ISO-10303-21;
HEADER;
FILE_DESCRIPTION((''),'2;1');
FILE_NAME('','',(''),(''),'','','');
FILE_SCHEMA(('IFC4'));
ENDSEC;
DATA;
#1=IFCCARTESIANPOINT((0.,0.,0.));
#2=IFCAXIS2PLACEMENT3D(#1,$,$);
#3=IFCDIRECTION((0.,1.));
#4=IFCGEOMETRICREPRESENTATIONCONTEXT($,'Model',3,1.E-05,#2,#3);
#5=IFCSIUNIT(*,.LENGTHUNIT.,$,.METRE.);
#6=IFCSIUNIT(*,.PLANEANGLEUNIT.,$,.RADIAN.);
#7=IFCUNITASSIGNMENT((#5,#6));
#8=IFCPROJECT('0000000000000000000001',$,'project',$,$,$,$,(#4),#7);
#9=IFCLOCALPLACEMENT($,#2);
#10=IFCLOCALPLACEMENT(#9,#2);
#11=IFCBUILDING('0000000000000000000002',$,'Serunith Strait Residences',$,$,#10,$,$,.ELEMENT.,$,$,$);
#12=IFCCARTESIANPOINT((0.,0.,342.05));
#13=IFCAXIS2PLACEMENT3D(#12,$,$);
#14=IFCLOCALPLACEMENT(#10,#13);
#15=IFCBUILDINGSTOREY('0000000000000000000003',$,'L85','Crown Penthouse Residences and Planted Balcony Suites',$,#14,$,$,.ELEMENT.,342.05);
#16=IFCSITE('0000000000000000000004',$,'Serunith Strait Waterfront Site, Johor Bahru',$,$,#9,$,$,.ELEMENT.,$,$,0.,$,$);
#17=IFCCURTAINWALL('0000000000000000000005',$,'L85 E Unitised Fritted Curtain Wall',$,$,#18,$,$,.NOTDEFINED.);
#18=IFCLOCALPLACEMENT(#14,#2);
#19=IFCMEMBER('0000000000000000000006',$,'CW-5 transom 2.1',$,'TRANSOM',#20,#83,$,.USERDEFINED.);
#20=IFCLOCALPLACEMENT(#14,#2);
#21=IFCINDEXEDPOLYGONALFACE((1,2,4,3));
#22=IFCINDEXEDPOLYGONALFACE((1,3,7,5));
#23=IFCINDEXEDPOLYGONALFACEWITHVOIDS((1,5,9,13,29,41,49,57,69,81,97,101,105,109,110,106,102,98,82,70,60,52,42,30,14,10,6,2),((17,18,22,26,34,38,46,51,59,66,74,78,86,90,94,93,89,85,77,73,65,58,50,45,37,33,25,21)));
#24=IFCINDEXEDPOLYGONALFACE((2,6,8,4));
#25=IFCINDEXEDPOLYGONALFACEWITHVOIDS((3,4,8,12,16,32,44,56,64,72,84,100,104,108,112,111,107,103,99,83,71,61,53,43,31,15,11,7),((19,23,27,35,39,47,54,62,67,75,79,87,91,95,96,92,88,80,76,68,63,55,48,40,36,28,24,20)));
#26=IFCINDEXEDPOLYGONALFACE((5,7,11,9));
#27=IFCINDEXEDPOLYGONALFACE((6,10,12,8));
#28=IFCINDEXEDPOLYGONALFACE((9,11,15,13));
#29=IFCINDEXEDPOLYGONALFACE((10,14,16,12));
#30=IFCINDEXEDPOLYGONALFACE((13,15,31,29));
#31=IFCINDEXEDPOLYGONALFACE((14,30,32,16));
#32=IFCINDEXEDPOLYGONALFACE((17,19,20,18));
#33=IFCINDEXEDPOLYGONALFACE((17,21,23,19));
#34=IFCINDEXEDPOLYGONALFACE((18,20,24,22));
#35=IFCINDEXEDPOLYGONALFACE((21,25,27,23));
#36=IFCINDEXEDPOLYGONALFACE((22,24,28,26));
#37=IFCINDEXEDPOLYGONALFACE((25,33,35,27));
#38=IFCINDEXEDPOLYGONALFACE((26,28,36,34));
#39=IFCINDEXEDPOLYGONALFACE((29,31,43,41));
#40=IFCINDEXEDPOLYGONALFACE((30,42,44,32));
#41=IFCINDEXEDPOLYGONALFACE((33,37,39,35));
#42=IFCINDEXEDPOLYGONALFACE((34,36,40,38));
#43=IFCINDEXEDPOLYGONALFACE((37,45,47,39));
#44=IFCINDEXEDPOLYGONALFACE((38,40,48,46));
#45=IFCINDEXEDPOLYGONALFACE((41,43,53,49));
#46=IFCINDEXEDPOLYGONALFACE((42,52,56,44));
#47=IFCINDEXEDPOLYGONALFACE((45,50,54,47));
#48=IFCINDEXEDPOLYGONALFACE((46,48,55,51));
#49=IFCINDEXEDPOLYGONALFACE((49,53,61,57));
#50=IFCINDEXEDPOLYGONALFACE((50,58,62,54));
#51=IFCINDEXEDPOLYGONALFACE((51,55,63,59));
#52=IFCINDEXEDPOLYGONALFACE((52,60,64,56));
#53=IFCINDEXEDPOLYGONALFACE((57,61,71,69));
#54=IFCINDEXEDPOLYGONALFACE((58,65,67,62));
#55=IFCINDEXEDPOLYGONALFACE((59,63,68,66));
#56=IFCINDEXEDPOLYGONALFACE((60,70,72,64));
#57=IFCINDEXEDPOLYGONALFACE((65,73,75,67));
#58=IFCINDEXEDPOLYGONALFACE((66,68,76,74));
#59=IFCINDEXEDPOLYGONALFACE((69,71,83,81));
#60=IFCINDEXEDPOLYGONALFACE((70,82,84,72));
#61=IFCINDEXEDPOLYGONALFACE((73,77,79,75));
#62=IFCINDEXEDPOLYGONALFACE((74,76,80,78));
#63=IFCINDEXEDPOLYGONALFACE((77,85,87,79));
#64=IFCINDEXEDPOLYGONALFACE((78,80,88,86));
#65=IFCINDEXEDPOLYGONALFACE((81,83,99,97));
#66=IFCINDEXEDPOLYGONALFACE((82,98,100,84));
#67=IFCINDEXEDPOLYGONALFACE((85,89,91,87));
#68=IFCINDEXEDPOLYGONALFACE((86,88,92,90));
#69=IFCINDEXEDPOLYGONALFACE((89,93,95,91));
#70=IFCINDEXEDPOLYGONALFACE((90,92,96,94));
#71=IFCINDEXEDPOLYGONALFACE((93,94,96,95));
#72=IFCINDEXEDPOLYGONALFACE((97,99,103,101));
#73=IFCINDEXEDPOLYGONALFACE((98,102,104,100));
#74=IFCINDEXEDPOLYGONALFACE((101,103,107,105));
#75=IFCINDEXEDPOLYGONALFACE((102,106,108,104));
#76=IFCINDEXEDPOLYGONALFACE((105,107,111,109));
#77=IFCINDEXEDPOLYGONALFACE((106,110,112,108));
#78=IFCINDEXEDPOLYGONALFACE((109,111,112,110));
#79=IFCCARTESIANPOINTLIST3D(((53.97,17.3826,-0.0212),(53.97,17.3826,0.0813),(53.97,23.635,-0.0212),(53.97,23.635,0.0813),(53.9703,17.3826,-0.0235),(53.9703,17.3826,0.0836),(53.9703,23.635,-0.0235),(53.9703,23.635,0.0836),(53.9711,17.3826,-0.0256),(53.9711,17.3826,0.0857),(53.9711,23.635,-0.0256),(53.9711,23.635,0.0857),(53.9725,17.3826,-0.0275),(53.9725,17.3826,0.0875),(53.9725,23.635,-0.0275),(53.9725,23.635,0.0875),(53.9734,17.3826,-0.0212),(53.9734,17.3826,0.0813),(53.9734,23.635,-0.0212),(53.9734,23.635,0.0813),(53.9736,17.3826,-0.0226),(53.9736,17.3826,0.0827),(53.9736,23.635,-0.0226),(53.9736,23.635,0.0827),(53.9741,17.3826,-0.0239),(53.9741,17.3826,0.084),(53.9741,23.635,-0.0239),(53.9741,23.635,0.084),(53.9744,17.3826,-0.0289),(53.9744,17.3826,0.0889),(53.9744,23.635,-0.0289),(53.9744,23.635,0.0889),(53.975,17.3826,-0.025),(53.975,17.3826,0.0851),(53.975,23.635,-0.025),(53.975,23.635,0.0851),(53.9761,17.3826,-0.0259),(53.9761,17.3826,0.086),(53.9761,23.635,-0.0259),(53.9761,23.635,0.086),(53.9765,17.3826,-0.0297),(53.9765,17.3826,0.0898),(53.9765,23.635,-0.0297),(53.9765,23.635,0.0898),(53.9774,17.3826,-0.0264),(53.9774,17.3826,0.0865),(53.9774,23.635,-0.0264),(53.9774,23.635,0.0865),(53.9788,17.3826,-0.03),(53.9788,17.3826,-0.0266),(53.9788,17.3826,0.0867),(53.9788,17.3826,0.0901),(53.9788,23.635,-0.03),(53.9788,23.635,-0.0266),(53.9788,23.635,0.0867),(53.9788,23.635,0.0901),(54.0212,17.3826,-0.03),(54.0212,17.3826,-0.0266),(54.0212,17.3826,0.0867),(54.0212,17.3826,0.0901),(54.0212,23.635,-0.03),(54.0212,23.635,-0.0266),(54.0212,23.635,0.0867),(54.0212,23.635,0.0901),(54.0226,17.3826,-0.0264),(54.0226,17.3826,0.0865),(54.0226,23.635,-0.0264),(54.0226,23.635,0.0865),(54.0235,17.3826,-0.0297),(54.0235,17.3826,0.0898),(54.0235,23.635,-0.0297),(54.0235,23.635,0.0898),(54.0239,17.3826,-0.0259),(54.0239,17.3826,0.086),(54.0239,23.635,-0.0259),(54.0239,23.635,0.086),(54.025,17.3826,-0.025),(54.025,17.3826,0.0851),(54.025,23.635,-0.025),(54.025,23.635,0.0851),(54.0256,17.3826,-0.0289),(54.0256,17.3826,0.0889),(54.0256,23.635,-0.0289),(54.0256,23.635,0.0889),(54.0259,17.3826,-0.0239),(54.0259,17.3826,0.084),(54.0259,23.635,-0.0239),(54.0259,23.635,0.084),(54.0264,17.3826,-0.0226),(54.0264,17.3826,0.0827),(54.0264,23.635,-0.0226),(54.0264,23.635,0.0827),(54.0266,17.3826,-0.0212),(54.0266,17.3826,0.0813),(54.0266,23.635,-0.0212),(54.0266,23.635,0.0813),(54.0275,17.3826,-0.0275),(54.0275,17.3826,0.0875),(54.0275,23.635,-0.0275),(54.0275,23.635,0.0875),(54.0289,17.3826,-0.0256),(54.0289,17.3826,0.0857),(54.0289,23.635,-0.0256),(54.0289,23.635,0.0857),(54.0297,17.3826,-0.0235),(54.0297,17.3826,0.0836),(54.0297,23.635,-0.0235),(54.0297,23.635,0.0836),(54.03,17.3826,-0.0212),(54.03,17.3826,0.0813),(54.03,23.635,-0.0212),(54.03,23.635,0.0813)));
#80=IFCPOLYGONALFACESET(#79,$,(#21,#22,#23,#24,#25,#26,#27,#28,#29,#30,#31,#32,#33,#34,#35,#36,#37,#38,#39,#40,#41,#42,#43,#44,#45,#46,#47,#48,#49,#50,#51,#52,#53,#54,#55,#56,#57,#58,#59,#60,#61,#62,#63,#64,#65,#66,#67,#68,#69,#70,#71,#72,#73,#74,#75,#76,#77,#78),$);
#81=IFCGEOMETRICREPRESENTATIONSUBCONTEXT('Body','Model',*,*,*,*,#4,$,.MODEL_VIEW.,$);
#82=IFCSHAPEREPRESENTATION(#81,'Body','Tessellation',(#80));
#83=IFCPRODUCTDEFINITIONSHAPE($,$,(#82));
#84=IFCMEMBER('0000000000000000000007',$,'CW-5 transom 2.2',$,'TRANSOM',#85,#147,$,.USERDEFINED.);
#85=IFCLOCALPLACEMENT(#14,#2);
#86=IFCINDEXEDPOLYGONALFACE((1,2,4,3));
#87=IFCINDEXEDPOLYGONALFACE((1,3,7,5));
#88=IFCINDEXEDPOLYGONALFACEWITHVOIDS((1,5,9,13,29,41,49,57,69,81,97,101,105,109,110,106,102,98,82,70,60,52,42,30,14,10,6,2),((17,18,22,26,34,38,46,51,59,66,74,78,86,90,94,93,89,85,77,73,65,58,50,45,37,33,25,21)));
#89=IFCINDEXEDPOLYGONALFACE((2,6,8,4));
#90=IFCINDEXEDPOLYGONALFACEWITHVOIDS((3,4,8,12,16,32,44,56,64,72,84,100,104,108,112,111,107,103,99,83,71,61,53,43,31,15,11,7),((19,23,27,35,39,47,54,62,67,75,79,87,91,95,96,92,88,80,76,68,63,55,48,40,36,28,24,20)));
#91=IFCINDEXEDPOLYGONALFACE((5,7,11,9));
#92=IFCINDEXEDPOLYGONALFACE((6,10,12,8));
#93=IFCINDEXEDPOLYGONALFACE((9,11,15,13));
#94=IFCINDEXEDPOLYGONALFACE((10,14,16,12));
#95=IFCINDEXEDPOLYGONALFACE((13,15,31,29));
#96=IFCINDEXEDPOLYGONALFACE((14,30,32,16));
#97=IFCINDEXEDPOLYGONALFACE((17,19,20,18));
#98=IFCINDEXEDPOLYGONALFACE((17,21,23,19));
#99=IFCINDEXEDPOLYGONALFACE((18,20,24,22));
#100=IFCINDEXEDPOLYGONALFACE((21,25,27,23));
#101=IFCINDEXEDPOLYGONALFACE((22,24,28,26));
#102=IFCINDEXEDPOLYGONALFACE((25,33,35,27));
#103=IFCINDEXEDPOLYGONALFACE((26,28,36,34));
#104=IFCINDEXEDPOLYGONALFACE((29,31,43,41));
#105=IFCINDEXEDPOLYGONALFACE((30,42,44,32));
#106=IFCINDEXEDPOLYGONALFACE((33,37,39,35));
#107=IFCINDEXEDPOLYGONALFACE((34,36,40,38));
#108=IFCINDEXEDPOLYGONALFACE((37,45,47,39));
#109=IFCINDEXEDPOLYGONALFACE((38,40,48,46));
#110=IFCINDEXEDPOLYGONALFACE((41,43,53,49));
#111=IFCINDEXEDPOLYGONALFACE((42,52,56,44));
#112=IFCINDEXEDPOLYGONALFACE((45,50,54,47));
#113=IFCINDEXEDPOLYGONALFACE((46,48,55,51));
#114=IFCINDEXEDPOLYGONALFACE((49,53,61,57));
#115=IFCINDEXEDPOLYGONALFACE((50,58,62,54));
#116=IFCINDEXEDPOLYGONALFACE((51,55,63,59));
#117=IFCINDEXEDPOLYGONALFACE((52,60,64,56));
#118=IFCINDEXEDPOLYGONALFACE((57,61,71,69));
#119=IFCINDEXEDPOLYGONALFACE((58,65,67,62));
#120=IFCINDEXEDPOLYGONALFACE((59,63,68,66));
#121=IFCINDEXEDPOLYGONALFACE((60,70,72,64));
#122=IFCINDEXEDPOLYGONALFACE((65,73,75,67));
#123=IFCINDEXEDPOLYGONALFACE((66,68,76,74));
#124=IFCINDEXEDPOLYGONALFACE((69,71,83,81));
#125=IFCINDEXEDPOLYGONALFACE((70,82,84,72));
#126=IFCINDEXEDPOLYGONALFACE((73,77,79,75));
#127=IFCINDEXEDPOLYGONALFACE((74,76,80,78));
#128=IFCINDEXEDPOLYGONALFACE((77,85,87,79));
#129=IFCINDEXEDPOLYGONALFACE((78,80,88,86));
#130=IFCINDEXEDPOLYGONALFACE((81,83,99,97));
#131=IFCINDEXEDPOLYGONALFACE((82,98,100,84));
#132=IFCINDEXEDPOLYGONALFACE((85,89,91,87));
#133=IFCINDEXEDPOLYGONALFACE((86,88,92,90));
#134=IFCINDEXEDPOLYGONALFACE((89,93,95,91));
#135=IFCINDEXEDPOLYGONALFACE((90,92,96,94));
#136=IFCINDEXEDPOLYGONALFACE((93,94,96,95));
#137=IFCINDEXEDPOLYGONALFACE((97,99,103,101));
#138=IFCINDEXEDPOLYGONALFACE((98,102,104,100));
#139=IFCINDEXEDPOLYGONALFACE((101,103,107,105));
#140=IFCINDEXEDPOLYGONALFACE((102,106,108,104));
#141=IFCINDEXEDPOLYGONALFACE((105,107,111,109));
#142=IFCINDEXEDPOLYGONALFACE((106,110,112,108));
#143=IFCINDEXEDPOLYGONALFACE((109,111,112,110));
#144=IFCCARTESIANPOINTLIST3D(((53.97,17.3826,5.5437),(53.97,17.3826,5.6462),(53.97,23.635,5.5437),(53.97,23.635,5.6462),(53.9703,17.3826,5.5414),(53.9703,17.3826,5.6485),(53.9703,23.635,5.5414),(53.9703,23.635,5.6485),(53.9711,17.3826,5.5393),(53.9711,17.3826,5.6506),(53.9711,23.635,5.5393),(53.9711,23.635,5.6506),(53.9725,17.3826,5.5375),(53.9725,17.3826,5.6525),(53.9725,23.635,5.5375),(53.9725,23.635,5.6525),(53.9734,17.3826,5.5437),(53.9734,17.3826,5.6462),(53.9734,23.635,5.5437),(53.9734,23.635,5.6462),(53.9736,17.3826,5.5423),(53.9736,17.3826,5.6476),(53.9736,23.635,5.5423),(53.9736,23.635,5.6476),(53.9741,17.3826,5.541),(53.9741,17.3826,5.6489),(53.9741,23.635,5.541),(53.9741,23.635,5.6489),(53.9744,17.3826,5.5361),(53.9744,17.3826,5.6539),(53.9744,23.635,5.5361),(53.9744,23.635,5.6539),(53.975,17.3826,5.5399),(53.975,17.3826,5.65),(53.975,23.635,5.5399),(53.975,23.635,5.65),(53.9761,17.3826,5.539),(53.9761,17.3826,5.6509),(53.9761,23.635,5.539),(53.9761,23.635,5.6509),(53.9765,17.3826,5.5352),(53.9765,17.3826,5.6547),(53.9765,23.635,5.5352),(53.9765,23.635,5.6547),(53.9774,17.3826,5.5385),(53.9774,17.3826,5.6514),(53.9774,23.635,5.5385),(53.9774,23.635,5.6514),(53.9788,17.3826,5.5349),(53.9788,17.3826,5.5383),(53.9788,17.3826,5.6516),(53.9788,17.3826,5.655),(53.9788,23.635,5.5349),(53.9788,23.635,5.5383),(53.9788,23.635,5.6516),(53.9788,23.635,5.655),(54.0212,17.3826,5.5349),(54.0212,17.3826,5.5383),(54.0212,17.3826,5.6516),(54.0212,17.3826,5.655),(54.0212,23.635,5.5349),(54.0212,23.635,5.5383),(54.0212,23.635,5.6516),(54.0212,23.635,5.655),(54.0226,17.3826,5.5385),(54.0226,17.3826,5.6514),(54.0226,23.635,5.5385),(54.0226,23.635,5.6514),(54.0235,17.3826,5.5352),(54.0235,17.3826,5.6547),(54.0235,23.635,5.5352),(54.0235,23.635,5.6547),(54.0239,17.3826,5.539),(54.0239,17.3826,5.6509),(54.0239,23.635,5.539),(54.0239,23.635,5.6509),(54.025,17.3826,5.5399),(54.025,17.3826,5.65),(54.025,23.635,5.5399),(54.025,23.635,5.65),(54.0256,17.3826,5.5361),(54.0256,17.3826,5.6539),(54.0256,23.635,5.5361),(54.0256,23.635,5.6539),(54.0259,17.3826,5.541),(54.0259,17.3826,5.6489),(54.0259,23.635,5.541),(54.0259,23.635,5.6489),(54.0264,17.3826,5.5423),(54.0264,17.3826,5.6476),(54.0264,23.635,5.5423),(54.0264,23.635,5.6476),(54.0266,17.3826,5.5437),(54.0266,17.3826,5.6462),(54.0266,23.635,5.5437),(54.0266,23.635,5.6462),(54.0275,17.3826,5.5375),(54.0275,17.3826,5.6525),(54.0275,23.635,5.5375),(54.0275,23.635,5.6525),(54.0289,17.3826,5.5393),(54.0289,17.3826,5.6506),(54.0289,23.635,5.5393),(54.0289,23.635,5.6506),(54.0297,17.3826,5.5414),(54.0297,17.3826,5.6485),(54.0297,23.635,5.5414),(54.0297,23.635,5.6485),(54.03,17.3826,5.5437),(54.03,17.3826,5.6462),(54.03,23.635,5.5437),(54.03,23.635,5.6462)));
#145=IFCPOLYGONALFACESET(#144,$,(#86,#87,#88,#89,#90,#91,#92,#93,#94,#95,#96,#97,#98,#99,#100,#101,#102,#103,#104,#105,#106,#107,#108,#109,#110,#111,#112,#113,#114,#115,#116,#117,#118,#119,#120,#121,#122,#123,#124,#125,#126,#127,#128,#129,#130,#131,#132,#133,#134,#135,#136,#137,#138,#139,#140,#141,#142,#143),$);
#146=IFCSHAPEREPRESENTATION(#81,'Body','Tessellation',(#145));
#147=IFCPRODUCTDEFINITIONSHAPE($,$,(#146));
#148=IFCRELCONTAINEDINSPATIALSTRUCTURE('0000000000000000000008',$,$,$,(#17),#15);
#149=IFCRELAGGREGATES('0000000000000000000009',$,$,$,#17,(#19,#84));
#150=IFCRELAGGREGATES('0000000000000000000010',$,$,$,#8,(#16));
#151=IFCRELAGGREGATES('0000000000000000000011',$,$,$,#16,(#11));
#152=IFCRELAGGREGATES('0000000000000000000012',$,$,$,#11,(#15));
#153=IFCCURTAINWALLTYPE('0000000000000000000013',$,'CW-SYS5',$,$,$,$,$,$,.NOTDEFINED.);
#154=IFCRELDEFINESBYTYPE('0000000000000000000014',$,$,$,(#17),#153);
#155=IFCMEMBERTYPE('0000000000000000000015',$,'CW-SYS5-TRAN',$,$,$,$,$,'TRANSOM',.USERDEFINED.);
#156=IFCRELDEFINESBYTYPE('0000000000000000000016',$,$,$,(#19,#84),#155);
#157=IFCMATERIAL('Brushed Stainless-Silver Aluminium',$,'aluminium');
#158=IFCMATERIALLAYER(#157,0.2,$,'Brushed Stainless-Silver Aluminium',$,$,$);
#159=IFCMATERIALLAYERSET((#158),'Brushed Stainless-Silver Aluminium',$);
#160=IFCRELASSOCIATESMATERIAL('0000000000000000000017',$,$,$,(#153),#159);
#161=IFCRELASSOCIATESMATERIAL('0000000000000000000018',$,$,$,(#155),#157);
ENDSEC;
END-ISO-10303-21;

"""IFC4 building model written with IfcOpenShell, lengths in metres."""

from ifc_helpers import new_model, si_unit, direction, frame, origin, origin_2d, place, context, subcontext, project, spatial, hollow_rectangle, extrude, source, transform, mapped, material, layer, layer_set, material_profile, profile_set, type_object, element, aggregate, save


model = new_model("IFC4")

# Units and contexts
model_context = context("Model", 3, precision=1e-05, world=origin(), true_north=direction((0.0, 1.0)))
body_context = subcontext(model_context, "Body", "Model", "MODEL_VIEW")
ifc_project = project(units=[si_unit("LENGTHUNIT", "METRE"), si_unit("PLANEANGLEUNIT", "RADIAN")], contexts=[model_context])

# Site, building, storey
site_placement = place(None, origin())
site = spatial("IfcSite", under=ifc_project, at=site_placement, Name="Serunith Strait Waterfront Site, Johor Bahru", CompositionType="ELEMENT", RefElevation=0.0)
building_placement = place(site_placement, origin())
building = spatial("IfcBuilding", under=site, at=building_placement, Name="Serunith Strait Residences", CompositionType="ELEMENT")
storey_placement = place(building_placement, frame((0.0, 0.0, 342.05)))
storey = spatial("IfcBuildingStorey", under=building, at=storey_placement, Name="L85", Description="Crown Penthouse Residences and Planted Balcony Suites", CompositionType="ELEMENT", Elevation=342.05)

# Curtain wall, members
ifc_material_1 = material(Name="Brushed Stainless-Silver Aluminium", Category="aluminium")
ifc_layer_1 = layer(ifc_material_1, 0.2, Name="Brushed Stainless-Silver Aluminium")
ifc_layer_set_1 = layer_set([ifc_layer_1], Name="Brushed Stainless-Silver Aluminium")
curtain_wall_type = type_object("IfcCurtainWallType", Name="CW-SYS5", PredefinedType="NOTDEFINED", material=ifc_layer_set_1)
curtain_wall_placement = place(storey_placement, origin())
curtain_wall = element("IfcCurtainWall", 1, at=curtain_wall_placement, inside=storey, type_object=curtain_wall_type, Name="L85 E Unitised Fritted Curtain Wall", PredefinedType="NOTDEFINED")
ifc_material_profile_1 = material_profile(ifc_material_1, hollow_rectangle(XDim=0.0601, YDim=0.1201, WallThickness=0.0034, InnerFilletRadius=0.0054, OuterFilletRadius=0.0088, at=origin_2d()), Name="ALU 120x60x3.5")
ifc_profile_set_1 = profile_set([ifc_material_profile_1], Name="Brushed Stainless-Silver Aluminium")
member_type_1 = type_object("IfcMemberType", Name="CW-SYS5-TRAN", ElementType="TRANSOM", PredefinedType="USERDEFINED", material=ifc_profile_set_1)
shared_shape_1 = source(origin(), body_context, "Body", "SweptSolid", [
    extrude(hollow_rectangle(XDim=0.0601, YDim=0.1201, WallThickness=0.0034, InnerFilletRadius=0.0054, OuterFilletRadius=0.0088, at=origin_2d()), origin(), (0.0, 0.0, 1.0), 6.2524),
])
member_1_placement = place(storey_placement, frame((54.0, 17.3826, 0.03), z_axis=(0.0, 1.0, 0.0), x_axis=(-1.0, 0.0, 0.0)))
member_1 = element("IfcMember", 2, at=member_1_placement, type_object=member_type_1, Name="CW-5 transom 2.1", ObjectType="TRANSOM", PredefinedType="USERDEFINED", context=body_context, shape_type="MappedRepresentation", body=[
    mapped(shared_shape_1, transform((0.0, 0.0, 0.0), scale=1.0)),
])
member_2_placement = place(storey_placement, frame((54.0, 17.3826, 5.595), z_axis=(0.0, 1.0, 0.0), x_axis=(-1.0, 0.0, 0.0)))
member_2 = element("IfcMember", 3, at=member_2_placement, type_object=member_type_1, Name="CW-5 transom 2.2", ObjectType="TRANSOM", PredefinedType="USERDEFINED", context=body_context, shape_type="MappedRepresentation", body=[
    mapped(shared_shape_1, transform((0.0, 0.0, 0.0), scale=1.0)),
])
aggregate(curtain_wall, [member_1, member_2])

save(model, "model.ifc")
